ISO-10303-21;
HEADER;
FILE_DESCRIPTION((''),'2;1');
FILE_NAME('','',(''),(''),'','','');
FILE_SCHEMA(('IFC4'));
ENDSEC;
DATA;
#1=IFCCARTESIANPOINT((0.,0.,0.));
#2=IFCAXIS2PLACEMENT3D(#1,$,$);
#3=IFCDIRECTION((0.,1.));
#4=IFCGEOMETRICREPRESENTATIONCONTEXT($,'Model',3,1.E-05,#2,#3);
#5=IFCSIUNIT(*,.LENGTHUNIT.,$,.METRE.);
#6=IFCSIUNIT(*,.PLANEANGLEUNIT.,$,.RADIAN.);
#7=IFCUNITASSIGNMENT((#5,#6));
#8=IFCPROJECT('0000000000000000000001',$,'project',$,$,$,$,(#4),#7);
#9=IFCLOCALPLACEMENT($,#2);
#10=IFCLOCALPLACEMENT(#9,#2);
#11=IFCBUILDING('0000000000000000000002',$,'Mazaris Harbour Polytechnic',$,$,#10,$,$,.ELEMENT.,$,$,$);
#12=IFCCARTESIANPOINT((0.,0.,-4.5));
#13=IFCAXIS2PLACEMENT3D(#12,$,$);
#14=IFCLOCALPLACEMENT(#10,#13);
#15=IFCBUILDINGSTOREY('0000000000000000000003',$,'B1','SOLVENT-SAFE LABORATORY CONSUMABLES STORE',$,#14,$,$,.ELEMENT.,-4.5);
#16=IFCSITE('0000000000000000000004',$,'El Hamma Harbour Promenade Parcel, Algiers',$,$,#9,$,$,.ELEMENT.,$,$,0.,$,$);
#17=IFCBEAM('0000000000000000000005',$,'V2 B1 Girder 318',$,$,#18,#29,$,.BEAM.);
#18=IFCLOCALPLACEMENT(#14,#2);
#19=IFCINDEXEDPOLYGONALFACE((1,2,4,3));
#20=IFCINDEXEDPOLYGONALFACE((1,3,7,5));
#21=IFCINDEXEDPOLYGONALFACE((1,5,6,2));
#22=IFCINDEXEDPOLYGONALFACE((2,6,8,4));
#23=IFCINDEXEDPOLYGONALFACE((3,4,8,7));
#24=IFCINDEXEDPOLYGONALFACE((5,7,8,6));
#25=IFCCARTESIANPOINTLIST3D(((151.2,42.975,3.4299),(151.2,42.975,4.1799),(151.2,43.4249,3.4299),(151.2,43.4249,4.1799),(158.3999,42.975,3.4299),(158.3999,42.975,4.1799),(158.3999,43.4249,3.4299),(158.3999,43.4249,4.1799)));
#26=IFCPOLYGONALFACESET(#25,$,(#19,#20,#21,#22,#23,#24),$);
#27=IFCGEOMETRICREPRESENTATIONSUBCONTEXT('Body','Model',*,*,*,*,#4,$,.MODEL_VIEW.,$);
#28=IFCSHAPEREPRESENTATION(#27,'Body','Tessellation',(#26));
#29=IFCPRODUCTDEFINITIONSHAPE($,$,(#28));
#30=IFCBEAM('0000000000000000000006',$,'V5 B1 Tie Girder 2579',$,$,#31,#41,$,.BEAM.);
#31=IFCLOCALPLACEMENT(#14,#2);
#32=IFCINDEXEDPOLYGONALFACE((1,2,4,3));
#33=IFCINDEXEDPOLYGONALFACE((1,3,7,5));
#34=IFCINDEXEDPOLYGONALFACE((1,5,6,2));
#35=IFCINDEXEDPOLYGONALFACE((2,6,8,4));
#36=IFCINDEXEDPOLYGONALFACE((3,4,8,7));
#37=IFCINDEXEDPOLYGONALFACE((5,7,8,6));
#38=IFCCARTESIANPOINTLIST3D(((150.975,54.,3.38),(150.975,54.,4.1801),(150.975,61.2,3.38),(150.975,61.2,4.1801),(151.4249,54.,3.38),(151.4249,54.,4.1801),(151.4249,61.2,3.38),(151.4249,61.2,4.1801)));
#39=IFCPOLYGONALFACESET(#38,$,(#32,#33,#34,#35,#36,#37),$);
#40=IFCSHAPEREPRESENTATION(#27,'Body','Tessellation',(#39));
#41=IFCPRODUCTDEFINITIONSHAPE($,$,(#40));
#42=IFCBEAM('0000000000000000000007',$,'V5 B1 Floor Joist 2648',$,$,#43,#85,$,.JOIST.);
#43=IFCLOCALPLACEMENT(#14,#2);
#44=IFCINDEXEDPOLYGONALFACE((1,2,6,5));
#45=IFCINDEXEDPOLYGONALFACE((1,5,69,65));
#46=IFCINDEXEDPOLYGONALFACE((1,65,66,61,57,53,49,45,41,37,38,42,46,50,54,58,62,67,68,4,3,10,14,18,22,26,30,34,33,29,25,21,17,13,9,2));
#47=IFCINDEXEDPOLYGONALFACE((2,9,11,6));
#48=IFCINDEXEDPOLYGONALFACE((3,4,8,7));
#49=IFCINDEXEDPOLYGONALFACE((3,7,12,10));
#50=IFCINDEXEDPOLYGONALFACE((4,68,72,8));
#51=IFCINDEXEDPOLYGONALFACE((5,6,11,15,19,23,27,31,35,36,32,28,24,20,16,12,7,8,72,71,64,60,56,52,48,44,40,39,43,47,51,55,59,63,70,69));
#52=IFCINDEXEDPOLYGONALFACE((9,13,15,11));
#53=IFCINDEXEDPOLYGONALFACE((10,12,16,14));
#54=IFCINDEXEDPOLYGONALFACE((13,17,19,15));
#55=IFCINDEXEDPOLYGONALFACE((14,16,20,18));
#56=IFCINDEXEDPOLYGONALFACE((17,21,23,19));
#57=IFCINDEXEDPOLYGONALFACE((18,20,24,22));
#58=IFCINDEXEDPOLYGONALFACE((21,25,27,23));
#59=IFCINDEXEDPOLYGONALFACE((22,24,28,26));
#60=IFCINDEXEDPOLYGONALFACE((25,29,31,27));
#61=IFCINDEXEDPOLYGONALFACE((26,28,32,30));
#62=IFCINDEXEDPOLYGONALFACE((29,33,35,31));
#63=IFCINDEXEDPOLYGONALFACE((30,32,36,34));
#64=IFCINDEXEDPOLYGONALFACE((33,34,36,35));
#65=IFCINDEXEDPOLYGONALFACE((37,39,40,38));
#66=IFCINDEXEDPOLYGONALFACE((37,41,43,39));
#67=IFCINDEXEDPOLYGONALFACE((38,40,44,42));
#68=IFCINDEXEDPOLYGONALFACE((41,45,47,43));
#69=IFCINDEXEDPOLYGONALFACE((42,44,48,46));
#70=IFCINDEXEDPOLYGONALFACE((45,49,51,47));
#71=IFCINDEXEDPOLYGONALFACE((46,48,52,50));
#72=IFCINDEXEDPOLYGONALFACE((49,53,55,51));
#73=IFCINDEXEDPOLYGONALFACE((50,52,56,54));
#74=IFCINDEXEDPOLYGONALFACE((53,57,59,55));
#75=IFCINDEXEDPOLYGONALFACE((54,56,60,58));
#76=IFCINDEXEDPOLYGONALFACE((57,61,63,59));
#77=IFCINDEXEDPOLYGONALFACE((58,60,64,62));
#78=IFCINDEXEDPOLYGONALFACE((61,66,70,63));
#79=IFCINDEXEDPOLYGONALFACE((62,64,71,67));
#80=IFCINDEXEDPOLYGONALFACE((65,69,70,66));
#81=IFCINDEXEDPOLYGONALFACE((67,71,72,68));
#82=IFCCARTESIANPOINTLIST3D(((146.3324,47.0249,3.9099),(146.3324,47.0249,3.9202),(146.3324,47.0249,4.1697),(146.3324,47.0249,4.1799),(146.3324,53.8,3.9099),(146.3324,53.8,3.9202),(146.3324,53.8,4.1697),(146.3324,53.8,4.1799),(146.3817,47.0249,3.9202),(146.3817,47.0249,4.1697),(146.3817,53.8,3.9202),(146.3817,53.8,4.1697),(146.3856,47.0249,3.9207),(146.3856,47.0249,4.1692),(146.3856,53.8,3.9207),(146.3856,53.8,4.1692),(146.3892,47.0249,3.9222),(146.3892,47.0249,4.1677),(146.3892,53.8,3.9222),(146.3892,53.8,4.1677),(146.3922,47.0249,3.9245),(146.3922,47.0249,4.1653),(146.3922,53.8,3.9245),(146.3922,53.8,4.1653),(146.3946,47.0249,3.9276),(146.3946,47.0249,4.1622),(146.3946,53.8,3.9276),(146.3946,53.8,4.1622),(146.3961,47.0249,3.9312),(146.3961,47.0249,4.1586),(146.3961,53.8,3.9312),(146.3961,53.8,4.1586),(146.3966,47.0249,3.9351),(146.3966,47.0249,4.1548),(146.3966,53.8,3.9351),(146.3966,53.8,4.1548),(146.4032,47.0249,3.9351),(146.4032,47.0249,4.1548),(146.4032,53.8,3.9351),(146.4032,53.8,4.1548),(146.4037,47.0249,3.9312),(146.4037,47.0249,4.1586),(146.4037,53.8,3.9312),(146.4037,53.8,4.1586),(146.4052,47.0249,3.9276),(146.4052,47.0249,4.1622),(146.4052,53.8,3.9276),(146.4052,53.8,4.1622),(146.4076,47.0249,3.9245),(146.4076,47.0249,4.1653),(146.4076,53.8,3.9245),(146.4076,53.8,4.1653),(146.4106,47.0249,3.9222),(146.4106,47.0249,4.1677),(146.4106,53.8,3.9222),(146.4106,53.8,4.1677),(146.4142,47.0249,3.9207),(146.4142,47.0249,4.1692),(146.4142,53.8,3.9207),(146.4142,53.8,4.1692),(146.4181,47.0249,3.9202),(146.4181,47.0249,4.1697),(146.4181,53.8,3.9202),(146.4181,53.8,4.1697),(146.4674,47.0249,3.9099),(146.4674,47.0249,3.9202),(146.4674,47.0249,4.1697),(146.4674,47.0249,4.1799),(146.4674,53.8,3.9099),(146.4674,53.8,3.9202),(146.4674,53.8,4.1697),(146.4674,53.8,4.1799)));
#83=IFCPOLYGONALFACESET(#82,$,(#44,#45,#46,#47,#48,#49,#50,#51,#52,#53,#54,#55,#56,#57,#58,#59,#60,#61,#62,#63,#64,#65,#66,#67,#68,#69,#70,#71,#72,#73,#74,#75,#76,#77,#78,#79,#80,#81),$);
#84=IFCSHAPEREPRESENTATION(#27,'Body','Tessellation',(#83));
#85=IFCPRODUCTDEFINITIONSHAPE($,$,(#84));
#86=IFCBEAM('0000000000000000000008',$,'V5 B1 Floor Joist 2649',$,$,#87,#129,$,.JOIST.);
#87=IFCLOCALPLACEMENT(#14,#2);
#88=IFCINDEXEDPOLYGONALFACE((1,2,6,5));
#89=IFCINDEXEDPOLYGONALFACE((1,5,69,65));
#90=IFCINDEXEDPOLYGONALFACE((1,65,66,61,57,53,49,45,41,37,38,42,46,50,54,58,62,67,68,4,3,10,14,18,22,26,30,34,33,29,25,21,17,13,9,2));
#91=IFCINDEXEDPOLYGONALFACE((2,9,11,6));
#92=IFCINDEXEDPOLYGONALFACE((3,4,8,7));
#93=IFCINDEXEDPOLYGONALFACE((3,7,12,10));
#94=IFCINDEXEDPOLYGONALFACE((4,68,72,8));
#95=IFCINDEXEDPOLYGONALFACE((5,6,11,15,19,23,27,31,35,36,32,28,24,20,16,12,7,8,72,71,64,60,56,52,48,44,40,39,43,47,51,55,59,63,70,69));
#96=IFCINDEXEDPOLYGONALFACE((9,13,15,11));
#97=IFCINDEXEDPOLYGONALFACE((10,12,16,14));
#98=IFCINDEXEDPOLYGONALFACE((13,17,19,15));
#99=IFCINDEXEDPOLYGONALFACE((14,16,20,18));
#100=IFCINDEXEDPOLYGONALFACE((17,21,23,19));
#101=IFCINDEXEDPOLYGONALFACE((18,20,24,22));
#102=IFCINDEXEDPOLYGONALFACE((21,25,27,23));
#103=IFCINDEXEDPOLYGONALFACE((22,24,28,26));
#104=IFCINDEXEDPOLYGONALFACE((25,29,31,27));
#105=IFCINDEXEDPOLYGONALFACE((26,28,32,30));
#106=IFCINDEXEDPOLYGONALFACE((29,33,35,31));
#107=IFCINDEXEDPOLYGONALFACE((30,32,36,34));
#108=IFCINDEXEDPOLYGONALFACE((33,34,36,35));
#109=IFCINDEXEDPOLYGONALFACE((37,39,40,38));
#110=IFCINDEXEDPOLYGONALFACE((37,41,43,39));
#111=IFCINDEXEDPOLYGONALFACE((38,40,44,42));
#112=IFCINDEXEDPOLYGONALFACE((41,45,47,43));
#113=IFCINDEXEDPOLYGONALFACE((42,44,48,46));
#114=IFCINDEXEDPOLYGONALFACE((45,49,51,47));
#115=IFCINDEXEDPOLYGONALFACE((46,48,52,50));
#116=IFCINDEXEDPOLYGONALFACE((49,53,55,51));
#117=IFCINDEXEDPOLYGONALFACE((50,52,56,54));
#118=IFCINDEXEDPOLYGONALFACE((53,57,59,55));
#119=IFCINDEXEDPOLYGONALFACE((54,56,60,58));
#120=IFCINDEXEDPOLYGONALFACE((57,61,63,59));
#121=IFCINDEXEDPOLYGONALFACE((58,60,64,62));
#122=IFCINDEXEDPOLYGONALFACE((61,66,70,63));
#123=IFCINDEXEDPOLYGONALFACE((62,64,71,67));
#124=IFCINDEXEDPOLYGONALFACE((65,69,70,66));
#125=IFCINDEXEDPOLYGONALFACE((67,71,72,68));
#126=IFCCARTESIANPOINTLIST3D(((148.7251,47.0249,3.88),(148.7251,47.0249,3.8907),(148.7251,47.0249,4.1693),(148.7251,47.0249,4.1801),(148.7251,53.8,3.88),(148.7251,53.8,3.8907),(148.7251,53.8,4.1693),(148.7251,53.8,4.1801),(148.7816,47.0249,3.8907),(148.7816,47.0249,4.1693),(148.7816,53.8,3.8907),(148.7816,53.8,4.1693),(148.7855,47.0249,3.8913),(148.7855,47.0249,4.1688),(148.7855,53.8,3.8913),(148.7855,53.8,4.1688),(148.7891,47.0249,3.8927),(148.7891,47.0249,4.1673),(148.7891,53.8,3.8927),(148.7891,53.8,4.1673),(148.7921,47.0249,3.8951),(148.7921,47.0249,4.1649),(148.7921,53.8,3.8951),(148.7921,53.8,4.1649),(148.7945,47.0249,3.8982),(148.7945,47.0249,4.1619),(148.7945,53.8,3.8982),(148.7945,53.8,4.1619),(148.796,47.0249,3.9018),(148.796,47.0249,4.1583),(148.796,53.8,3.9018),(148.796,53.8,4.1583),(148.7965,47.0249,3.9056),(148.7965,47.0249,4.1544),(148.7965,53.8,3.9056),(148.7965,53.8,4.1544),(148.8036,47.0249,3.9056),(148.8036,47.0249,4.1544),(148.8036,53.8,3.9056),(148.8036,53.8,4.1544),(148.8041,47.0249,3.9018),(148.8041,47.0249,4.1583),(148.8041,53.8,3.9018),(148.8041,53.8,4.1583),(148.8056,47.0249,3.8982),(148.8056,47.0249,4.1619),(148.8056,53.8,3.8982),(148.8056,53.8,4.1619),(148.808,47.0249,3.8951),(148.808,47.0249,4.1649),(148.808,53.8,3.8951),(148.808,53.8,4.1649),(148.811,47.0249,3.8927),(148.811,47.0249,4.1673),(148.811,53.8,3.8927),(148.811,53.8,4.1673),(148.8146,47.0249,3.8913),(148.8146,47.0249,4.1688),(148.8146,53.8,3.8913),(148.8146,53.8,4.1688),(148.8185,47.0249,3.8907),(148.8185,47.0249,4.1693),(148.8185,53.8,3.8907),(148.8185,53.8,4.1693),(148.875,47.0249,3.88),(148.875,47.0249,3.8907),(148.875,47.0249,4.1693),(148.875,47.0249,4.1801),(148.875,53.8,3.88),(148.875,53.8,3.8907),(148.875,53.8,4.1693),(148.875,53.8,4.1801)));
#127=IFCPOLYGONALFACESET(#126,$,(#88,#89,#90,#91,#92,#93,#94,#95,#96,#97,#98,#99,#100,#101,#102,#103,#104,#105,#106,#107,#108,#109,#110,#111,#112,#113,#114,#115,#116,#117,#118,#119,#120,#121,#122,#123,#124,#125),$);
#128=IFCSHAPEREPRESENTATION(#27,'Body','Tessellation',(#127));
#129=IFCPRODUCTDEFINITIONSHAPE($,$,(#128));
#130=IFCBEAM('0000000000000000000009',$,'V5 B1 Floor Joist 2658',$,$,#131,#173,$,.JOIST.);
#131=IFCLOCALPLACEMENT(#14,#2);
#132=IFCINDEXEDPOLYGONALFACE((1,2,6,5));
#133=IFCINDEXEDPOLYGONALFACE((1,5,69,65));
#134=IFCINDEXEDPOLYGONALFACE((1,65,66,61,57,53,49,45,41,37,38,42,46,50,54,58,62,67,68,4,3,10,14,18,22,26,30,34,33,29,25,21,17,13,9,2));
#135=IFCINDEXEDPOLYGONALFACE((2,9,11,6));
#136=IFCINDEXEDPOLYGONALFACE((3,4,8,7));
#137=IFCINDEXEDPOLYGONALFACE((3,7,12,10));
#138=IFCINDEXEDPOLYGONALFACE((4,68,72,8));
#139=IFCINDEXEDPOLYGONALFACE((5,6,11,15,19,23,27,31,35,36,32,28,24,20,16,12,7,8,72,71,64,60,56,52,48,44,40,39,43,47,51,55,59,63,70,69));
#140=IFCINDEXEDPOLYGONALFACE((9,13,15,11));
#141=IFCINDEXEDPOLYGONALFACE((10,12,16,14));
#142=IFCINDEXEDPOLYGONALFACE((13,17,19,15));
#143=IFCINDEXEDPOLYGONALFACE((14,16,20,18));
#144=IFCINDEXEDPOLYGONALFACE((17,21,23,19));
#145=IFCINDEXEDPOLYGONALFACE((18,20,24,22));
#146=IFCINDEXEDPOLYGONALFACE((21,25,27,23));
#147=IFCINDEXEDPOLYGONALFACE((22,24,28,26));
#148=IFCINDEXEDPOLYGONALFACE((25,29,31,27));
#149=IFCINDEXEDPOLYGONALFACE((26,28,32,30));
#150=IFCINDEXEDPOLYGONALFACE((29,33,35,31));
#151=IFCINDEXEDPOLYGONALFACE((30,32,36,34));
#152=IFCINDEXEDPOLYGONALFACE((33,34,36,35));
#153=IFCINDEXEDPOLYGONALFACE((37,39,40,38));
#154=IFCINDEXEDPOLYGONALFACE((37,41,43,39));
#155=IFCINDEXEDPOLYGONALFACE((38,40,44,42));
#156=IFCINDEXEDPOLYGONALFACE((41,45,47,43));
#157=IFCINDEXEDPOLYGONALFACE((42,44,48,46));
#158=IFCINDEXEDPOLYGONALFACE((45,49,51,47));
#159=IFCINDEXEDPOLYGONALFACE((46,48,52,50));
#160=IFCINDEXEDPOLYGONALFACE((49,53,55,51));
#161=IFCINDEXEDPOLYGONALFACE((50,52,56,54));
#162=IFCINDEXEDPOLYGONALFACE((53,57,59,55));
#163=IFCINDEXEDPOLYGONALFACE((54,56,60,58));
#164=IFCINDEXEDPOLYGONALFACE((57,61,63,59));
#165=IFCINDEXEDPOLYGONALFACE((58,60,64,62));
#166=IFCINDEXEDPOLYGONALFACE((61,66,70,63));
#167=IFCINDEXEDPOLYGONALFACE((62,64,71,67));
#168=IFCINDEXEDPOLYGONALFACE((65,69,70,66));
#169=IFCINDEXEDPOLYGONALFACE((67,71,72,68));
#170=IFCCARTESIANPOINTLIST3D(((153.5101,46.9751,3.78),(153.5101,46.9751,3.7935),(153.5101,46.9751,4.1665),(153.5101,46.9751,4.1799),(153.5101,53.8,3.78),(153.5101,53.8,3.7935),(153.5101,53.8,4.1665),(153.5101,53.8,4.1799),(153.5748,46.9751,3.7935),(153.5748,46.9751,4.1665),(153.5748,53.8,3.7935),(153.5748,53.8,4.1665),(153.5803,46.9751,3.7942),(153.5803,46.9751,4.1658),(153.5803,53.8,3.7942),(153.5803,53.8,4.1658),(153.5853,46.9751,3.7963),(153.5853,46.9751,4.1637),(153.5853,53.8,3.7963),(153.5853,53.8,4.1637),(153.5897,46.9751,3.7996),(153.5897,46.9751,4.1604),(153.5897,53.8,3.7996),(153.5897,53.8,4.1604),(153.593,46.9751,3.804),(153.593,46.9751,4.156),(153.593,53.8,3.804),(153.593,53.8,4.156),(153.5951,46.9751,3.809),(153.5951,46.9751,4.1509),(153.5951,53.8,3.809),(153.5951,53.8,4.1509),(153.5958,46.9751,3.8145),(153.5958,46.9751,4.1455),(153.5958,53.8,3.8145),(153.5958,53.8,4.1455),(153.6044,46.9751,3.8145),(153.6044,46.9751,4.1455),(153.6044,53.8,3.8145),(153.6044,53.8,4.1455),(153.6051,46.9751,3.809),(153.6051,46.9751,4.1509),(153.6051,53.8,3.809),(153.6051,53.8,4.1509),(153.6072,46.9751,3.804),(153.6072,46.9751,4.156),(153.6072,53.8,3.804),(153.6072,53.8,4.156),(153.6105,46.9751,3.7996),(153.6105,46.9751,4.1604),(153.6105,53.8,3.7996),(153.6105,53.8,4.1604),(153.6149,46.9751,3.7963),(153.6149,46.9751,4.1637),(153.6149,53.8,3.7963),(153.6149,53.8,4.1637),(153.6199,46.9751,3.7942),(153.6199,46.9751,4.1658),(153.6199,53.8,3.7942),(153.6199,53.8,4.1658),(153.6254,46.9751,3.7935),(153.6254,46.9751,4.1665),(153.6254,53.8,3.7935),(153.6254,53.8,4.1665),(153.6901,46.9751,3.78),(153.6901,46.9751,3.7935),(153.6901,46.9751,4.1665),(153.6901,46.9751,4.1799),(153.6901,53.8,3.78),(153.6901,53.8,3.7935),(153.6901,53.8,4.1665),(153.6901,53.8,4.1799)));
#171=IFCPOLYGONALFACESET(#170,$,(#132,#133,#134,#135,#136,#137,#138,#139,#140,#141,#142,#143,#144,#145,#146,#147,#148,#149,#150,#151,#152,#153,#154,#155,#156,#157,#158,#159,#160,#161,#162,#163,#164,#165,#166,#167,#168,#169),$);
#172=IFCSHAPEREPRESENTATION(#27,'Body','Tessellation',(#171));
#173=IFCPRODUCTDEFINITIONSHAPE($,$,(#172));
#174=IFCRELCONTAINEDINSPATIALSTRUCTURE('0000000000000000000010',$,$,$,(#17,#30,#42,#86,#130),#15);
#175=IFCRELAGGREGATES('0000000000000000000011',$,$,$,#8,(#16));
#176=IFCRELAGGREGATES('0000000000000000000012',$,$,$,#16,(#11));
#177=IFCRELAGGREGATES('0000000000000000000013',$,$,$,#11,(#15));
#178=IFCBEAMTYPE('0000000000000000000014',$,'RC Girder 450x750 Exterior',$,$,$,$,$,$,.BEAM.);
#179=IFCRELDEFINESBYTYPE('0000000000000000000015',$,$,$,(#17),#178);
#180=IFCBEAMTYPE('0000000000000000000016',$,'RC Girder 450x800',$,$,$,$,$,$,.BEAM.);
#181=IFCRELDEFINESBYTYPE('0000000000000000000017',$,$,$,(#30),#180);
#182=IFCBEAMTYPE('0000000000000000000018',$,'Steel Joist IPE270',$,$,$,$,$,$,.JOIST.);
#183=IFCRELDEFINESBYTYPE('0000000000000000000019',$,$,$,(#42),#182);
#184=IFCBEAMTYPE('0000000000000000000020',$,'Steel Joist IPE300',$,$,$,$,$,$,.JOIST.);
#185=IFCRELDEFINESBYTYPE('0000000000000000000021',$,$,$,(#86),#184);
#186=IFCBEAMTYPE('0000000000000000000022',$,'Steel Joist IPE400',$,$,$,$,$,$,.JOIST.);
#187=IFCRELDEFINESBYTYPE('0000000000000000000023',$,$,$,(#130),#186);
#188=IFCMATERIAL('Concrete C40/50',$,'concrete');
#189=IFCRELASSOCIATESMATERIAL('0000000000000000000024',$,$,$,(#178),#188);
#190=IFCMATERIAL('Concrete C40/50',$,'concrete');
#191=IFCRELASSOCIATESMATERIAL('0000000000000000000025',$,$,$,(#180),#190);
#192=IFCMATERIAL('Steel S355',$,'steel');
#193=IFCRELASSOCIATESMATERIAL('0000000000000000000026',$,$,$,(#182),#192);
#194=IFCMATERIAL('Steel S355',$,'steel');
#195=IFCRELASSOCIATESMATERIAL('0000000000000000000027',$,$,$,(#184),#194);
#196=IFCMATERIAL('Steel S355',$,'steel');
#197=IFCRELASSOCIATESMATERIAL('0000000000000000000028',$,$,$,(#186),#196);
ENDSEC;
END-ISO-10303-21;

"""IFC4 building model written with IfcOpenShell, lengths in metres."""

from ifc_helpers import new_model, si_unit, direction, frame, origin, origin_2d, place, context, subcontext, project, spatial, rectangle, i_section, extrude, material, material_profile, profile_set, type_object, element, save


model = new_model("IFC4")

# Units and contexts
model_context = context("Model", 3, precision=1e-05, world=origin(), true_north=direction((0.0, 1.0)))
body_context = subcontext(model_context, "Body", "Model", "MODEL_VIEW")
ifc_project = project(units=[si_unit("LENGTHUNIT", "METRE"), si_unit("PLANEANGLEUNIT", "RADIAN")], contexts=[model_context])

# Site, building, storey
site_placement = place(None, origin())
site = spatial("IfcSite", under=ifc_project, at=site_placement, Name="El Hamma Harbour Promenade Parcel, Algiers", CompositionType="ELEMENT", RefElevation=0.0)
building_placement = place(site_placement, origin())
building = spatial("IfcBuilding", under=site, at=building_placement, Name="Mazaris Harbour Polytechnic", CompositionType="ELEMENT")
storey_placement = place(building_placement, frame((0.0, 0.0, -4.5)))
storey = spatial("IfcBuildingStorey", under=building, at=storey_placement, Name="B1", Description="SOLVENT-SAFE LABORATORY CONSUMABLES STORE", CompositionType="ELEMENT", Elevation=-4.5)

# Beams
ifc_material_1 = material(Name="Concrete C40/50", Category="concrete")
ifc_material_profile_1 = material_profile(ifc_material_1, rectangle(XDim=0.45, YDim=0.75, at=origin_2d()), Name="RECT450x750")
ifc_profile_set_1 = profile_set([ifc_material_profile_1], Name="Concrete C40/50")
beam_type_1 = type_object("IfcBeamType", Name="RC Girder 450x750 Exterior", PredefinedType="BEAM", material=ifc_profile_set_1)
beam_1_placement = place(storey_placement, frame((151.2, 43.2, 3.8049), z_axis=(1.0, 0.0, 0.0), x_axis=(0.0, 1.0, 0.0)))
element("IfcBeam", 1, at=beam_1_placement, inside=storey, type_object=beam_type_1, Name="V2 B1 Girder 318", PredefinedType="BEAM", context=body_context, shape_type="SweptSolid", body=[
    extrude(rectangle(XDim=0.45, YDim=0.75, at=origin_2d()), origin(), (0.0, 0.0, 1.0), 7.2),
])
ifc_material_2 = material(Name="Concrete C40/50", Category="concrete")
ifc_material_profile_2 = material_profile(ifc_material_2, rectangle(XDim=0.45, YDim=0.8, at=origin_2d()), Name="RECT450x800")
ifc_profile_set_2 = profile_set([ifc_material_profile_2], Name="Concrete C40/50")
beam_type_2 = type_object("IfcBeamType", Name="RC Girder 450x800", PredefinedType="BEAM", material=ifc_profile_set_2)
beam_2_placement = place(storey_placement, frame((151.2, 54.0, 3.78), z_axis=(0.0, 1.0, 0.0), x_axis=(-1.0, 0.0, 0.0)))
element("IfcBeam", 2, at=beam_2_placement, inside=storey, type_object=beam_type_2, Name="V5 B1 Tie Girder 2579", PredefinedType="BEAM", context=body_context, shape_type="SweptSolid", body=[
    extrude(rectangle(XDim=0.45, YDim=0.8, at=origin_2d()), origin(), (0.0, 0.0, 1.0), 7.2),
])
ifc_material_3 = material(Name="Steel S355", Category="steel")
ifc_material_profile_3 = material_profile(ifc_material_3, i_section(OverallWidth=0.135, OverallDepth=0.27, WebThickness=0.0066, FlangeThickness=0.0103, FilletRadius=0.0149, at=origin_2d()), Name="IPE 270")
ifc_profile_set_3 = profile_set([ifc_material_profile_3], Name="Steel S355")
beam_type_3 = type_object("IfcBeamType", Name="Steel Joist IPE270", PredefinedType="JOIST", material=ifc_profile_set_3)
beam_3_placement = place(storey_placement, frame((146.3999, 47.0249, 4.0449), z_axis=(0.0, 1.0, 0.0), x_axis=(-1.0, 0.0, 0.0)))
element("IfcBeam", 3, at=beam_3_placement, inside=storey, type_object=beam_type_3, Name="V5 B1 Floor Joist 2648", PredefinedType="JOIST", context=body_context, shape_type="SweptSolid", body=[
    extrude(i_section(OverallWidth=0.135, OverallDepth=0.27, WebThickness=0.0066, FlangeThickness=0.0103, FilletRadius=0.0149, at=origin_2d()), origin(), (0.0, 0.0, 1.0), 6.7751),
])
ifc_material_4 = material(Name="Steel S355", Category="steel")
ifc_material_profile_4 = material_profile(ifc_material_4, i_section(OverallWidth=0.1499, OverallDepth=0.3, WebThickness=0.0071, FlangeThickness=0.0107, FilletRadius=0.0149, at=origin_2d()), Name="IPE 300")
ifc_profile_set_4 = profile_set([ifc_material_profile_4], Name="Steel S355")
beam_type_4 = type_object("IfcBeamType", Name="Steel Joist IPE300", PredefinedType="JOIST", material=ifc_profile_set_4)
beam_4_placement = place(storey_placement, frame((148.8, 47.0249, 4.03), z_axis=(0.0, 1.0, 0.0), x_axis=(-1.0, 0.0, 0.0)))
element("IfcBeam", 4, at=beam_4_placement, inside=storey, type_object=beam_type_4, Name="V5 B1 Floor Joist 2649", PredefinedType="JOIST", context=body_context, shape_type="SweptSolid", body=[
    extrude(i_section(OverallWidth=0.1499, OverallDepth=0.3, WebThickness=0.0071, FlangeThickness=0.0107, FilletRadius=0.0149, at=origin_2d()), origin(), (0.0, 0.0, 1.0), 6.7751),
])
ifc_material_5 = material(Name="Steel S355", Category="steel")
ifc_material_profile_5 = material_profile(ifc_material_5, i_section(OverallWidth=0.1799, OverallDepth=0.3999, WebThickness=0.0085, FlangeThickness=0.0134, FilletRadius=0.021, at=origin_2d()), Name="IPE 400")
ifc_profile_set_5 = profile_set([ifc_material_profile_5], Name="Steel S355")
beam_type_5 = type_object("IfcBeamType", Name="Steel Joist IPE400", PredefinedType="JOIST", material=ifc_profile_set_5)
beam_5_placement = place(storey_placement, frame((153.6001, 46.9751, 3.98), z_axis=(0.0, 1.0, 0.0), x_axis=(-1.0, 0.0, 0.0)))
element("IfcBeam", 5, at=beam_5_placement, inside=storey, type_object=beam_type_5, Name="V5 B1 Floor Joist 2658", PredefinedType="JOIST", context=body_context, shape_type="SweptSolid", body=[
    extrude(i_section(OverallWidth=0.1799, OverallDepth=0.3999, WebThickness=0.0085, FlangeThickness=0.0134, FilletRadius=0.021, at=origin_2d()), origin(), (0.0, 0.0, 1.0), 6.825),
])

save(model, "model.ifc")
